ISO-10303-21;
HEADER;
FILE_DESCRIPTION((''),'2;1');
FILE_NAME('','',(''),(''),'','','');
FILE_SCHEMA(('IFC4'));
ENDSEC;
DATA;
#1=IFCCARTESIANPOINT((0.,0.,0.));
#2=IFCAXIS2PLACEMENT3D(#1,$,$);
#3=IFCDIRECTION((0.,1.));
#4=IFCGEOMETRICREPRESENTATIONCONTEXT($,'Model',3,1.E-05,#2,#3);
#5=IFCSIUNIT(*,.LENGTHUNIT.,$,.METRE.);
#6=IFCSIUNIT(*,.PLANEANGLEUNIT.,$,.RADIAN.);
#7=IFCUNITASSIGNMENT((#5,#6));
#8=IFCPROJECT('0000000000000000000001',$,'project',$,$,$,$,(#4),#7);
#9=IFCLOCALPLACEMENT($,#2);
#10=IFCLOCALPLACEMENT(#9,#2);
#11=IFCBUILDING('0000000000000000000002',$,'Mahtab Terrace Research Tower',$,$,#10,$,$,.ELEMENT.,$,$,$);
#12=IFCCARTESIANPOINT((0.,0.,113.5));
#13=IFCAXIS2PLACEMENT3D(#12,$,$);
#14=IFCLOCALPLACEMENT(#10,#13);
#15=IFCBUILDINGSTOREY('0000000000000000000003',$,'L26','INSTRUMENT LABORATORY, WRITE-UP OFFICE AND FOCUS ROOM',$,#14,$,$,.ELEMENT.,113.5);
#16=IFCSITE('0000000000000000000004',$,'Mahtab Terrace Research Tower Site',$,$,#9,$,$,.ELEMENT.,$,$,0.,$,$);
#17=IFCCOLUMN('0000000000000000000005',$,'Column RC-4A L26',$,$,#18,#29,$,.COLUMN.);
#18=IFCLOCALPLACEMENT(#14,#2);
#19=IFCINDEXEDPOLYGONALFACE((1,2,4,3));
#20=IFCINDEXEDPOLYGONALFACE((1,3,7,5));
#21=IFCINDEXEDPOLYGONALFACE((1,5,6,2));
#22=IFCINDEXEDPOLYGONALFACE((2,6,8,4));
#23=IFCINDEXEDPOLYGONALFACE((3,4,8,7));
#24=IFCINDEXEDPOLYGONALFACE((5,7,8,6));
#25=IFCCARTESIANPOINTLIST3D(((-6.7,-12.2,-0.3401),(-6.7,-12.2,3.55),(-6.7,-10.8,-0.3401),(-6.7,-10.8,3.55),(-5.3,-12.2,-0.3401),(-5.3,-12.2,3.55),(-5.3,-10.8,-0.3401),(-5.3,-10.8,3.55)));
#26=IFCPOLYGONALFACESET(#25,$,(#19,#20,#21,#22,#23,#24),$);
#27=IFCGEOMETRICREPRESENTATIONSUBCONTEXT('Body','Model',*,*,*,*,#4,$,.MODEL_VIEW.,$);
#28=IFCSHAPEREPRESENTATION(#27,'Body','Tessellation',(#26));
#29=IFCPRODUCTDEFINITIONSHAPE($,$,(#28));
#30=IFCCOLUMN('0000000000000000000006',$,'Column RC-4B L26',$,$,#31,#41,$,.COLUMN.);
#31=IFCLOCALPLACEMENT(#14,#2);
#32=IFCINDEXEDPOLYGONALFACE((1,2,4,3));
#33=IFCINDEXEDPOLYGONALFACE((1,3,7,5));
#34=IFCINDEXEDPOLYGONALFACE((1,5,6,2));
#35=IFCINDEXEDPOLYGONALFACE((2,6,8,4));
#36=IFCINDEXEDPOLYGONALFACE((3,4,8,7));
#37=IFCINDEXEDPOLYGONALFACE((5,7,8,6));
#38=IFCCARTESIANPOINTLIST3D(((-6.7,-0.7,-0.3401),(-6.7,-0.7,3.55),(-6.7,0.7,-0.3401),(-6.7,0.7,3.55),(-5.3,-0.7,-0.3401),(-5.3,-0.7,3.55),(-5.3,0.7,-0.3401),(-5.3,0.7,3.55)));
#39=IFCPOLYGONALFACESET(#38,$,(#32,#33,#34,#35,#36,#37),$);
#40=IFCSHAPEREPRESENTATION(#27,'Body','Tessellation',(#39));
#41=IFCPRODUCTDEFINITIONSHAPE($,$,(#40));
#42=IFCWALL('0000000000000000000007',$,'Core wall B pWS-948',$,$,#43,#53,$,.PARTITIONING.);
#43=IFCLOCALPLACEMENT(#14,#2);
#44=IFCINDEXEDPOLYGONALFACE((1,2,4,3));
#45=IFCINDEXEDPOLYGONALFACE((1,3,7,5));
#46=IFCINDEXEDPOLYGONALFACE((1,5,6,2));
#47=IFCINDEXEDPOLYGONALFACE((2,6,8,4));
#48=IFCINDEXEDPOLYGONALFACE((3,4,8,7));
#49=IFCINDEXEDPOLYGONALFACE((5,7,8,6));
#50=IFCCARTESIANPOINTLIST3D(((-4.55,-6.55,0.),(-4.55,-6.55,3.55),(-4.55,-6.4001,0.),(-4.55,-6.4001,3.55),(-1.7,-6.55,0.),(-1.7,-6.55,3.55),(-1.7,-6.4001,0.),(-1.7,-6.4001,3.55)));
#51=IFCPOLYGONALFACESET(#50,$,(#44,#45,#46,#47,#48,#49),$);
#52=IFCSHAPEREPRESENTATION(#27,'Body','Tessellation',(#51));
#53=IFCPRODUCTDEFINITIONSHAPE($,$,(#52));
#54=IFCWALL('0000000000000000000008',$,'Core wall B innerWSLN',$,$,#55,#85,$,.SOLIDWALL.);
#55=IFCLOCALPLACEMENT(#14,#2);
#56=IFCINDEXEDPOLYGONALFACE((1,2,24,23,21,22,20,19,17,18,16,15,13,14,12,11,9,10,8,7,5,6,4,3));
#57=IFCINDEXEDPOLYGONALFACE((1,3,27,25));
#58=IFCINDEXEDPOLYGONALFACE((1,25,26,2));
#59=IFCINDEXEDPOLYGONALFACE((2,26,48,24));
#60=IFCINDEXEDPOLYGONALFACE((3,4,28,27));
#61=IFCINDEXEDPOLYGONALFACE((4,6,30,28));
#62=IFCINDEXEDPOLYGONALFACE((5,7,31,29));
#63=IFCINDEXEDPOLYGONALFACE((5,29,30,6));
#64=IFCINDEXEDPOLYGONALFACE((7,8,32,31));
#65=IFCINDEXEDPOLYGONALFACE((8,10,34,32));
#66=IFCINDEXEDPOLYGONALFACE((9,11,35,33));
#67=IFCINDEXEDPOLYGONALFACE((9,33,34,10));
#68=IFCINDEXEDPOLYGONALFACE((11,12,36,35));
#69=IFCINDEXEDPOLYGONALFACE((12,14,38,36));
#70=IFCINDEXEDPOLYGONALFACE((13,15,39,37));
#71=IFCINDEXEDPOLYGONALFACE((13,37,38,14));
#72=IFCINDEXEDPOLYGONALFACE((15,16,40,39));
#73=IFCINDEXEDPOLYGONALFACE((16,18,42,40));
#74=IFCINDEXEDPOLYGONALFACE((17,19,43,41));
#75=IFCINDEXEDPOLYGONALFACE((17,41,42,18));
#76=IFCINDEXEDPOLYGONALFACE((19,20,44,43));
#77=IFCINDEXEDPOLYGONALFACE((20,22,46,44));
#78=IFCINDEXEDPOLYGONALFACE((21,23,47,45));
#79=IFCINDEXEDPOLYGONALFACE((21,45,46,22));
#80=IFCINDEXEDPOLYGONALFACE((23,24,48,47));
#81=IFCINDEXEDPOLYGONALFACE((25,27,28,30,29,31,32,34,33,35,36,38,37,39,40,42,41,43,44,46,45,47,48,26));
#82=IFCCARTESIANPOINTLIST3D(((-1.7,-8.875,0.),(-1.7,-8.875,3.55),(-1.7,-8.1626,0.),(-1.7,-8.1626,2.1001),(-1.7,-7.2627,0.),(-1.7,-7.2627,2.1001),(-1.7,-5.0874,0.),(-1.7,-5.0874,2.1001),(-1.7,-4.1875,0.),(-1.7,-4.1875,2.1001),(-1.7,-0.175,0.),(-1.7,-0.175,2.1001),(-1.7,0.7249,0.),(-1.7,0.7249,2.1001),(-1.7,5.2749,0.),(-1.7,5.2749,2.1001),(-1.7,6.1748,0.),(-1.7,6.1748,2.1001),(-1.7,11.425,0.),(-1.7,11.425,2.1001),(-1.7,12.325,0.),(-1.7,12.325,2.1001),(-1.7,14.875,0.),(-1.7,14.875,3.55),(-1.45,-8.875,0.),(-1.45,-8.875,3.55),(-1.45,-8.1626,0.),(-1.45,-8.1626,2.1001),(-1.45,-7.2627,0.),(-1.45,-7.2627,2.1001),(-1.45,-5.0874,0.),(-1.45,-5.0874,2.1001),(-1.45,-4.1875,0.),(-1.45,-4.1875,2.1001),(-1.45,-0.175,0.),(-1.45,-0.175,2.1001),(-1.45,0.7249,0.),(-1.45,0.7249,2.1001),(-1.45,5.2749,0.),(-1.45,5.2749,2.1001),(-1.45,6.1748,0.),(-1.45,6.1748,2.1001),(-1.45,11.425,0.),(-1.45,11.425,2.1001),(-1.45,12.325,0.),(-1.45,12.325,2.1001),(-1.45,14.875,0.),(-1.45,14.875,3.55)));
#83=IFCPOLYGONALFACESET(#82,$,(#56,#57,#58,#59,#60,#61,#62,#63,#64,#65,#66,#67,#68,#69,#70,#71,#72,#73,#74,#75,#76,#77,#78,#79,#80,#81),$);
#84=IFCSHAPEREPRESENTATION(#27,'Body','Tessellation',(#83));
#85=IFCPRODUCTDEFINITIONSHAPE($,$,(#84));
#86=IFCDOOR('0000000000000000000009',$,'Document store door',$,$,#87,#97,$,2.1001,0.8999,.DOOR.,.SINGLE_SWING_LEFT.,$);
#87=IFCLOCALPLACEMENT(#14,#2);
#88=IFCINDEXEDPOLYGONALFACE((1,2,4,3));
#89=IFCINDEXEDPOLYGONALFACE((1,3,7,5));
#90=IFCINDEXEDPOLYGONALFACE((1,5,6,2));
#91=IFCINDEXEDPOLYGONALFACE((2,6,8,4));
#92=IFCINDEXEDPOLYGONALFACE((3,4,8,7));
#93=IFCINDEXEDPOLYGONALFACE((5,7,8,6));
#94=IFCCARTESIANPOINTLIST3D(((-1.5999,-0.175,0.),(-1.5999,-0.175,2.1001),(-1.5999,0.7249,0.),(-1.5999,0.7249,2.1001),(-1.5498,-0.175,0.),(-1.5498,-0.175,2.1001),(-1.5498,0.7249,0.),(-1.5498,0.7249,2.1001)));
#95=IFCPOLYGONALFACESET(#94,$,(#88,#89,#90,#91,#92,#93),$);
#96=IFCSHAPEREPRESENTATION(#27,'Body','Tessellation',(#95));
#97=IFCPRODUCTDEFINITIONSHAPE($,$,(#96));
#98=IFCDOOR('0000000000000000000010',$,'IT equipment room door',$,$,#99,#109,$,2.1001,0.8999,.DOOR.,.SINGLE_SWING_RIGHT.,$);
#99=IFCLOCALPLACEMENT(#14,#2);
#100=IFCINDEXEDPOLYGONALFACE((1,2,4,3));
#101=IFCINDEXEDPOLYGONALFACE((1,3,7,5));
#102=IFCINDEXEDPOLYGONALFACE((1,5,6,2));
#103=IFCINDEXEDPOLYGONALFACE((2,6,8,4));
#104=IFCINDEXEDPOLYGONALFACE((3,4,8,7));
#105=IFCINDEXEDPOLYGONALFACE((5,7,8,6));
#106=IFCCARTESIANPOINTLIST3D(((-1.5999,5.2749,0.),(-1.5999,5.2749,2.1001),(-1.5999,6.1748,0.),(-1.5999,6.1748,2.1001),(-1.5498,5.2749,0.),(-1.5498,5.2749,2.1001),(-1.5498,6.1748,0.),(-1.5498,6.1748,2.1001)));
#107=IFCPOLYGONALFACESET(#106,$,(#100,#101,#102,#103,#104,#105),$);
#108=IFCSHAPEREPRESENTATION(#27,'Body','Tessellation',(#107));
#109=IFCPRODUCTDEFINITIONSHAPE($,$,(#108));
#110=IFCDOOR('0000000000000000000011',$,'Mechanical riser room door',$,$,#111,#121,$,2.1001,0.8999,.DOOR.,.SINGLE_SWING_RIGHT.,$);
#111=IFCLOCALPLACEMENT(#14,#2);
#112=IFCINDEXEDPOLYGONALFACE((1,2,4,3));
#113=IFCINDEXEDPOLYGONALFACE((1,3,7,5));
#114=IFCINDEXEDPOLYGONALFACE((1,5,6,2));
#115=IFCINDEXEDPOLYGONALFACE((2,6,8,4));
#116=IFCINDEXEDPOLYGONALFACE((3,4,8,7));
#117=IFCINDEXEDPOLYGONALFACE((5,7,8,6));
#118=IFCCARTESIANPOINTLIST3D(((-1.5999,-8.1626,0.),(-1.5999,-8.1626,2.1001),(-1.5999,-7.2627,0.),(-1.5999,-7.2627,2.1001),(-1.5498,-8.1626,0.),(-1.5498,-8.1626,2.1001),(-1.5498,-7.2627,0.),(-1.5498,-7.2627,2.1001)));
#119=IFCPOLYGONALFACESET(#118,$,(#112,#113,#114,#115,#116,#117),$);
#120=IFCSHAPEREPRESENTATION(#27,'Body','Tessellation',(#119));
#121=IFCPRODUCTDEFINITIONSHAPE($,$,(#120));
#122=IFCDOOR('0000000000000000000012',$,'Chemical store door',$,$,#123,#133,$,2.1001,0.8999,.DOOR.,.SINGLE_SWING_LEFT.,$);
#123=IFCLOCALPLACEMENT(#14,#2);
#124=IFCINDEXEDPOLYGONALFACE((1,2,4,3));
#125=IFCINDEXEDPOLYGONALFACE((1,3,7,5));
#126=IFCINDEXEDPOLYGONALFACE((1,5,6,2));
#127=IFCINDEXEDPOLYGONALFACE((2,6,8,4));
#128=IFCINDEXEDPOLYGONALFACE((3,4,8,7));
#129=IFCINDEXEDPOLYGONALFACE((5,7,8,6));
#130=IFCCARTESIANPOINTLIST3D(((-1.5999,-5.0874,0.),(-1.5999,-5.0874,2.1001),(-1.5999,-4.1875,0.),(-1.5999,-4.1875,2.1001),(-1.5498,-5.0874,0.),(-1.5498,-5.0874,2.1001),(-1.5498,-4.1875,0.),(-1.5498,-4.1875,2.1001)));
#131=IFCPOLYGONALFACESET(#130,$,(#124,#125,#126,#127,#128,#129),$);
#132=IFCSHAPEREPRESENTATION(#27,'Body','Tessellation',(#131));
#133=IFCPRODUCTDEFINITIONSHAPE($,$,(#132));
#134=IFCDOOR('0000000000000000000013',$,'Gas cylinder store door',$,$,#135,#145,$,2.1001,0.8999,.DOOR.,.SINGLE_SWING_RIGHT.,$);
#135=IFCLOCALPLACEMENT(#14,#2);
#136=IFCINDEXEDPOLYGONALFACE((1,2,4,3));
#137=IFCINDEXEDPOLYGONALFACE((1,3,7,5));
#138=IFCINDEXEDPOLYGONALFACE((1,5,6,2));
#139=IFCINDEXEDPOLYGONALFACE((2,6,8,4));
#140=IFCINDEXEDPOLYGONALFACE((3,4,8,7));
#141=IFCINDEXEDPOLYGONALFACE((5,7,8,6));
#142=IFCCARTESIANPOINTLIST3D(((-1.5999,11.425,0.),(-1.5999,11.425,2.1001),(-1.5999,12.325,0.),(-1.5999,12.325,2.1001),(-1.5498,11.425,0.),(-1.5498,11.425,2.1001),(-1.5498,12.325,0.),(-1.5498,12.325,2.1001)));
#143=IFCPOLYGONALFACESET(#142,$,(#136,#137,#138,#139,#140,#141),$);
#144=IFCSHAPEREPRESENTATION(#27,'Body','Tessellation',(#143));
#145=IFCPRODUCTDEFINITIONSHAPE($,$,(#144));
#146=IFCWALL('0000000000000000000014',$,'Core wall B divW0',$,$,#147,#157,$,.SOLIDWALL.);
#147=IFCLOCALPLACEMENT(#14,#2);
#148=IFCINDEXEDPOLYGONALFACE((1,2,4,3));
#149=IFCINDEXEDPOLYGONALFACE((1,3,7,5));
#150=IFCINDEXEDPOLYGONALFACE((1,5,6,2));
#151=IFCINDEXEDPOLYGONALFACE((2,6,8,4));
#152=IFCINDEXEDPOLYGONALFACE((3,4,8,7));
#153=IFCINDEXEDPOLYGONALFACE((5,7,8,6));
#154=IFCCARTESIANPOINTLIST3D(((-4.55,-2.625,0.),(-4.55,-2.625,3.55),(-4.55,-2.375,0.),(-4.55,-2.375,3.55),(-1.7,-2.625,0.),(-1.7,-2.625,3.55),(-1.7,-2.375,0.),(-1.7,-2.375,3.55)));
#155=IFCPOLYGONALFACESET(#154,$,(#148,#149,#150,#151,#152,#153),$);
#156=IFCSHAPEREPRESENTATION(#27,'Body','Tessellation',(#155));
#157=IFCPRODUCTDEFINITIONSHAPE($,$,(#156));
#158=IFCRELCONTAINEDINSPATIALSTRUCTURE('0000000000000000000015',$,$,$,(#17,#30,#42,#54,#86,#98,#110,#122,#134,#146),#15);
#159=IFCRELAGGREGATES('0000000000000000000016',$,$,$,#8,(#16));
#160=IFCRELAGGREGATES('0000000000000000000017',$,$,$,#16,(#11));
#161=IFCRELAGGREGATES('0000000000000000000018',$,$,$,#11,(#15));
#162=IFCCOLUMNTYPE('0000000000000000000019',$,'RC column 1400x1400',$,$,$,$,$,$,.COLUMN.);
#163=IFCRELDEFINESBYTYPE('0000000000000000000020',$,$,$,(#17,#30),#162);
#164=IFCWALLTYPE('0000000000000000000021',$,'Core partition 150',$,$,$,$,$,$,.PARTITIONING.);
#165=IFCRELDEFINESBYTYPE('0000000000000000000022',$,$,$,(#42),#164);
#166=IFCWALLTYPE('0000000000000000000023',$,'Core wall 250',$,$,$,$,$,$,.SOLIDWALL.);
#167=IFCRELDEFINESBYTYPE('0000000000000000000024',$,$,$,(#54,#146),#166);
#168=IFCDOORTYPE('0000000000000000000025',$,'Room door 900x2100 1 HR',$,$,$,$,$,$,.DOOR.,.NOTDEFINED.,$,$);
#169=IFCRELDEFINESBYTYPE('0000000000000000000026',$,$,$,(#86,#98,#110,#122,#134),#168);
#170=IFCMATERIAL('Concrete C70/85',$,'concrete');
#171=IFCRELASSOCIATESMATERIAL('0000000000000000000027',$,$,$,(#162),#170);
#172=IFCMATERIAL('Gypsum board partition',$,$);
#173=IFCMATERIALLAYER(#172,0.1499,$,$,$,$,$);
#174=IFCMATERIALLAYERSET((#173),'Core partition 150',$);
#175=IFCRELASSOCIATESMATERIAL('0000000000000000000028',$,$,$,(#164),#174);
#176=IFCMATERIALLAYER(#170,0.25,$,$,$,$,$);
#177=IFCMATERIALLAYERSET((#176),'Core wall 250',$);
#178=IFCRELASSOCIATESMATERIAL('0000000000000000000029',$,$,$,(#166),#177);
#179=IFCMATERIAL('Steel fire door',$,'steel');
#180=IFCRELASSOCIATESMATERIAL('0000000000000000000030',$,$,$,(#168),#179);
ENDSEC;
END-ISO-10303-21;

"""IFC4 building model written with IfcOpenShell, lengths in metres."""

from ifc_helpers import new_model, si_unit, direction, frame, frame_2d, origin, origin_2d, place, context, subcontext, project, spatial, rectangle, extrude, material, layer, layer_set, material_profile, profile_set, type_object, element, fill, save


model = new_model("IFC4")

# Units and contexts
model_context = context("Model", 3, precision=1e-05, world=origin(), true_north=direction((0.0, 1.0)))
body_context = subcontext(model_context, "Body", "Model", "MODEL_VIEW")
ifc_project = project(units=[si_unit("LENGTHUNIT", "METRE"), si_unit("PLANEANGLEUNIT", "RADIAN")], contexts=[model_context])

# Site, building, storey
site_placement = place(None, origin())
site = spatial("IfcSite", under=ifc_project, at=site_placement, Name="Mahtab Terrace Research Tower Site", CompositionType="ELEMENT", RefElevation=0.0)
building_placement = place(site_placement, origin())
building = spatial("IfcBuilding", under=site, at=building_placement, Name="Mahtab Terrace Research Tower", CompositionType="ELEMENT")
storey_placement = place(building_placement, frame((0.0, 0.0, 113.5)))
storey = spatial("IfcBuildingStorey", under=building, at=storey_placement, Name="L26", Description="INSTRUMENT LABORATORY, WRITE-UP OFFICE AND FOCUS ROOM", CompositionType="ELEMENT", Elevation=113.5)

# Columns
ifc_material_1 = material(Name="Concrete C70/85", Category="concrete")
ifc_material_profile = material_profile(ifc_material_1, rectangle(XDim=1.3999, YDim=1.3999, at=origin_2d()), Name="RC column 1400x1400")
ifc_profile_set = profile_set([ifc_material_profile], Name="Concrete C70/85")
column_type = type_object("IfcColumnType", Name="RC column 1400x1400", PredefinedType="COLUMN", material=ifc_profile_set)
for number, where, z_axis, x_axis, name in (
    (1, (-6.0, -11.5, -0.3401), (0.0, 0.0, 1.0), (1.0, 0.0, 0.0), "Column RC-4A L26"),
    (2, (-6.0, 0.0, -0.3401), (0.0, 0.0, 1.0), (1.0, 0.0, 0.0), "Column RC-4B L26"),
):
    element("IfcColumn", number, at=place(storey_placement, frame(where, z_axis=z_axis, x_axis=x_axis)), inside=storey, type_object=column_type, Name=name, PredefinedType="COLUMN", context=body_context, shape_type="SweptSolid", body=[
        extrude(rectangle(XDim=1.3999, YDim=1.3999, at=origin_2d()), origin(), (0.0, 0.0, 1.0), 3.8901),
    ])

# Wall
ifc_material_2 = material(Name="Gypsum board partition")
ifc_layer_1 = layer(ifc_material_2, 0.1499)
ifc_layer_set_1 = layer_set([ifc_layer_1], Name="Core partition 150")
wall_type_1 = type_object("IfcWallType", Name="Core partition 150", PredefinedType="PARTITIONING", material=ifc_layer_set_1)
wall_1_placement = place(storey_placement, frame((-4.55, -6.4751, 0.0), z_axis=(0.0, 0.0, 1.0), x_axis=(1.0, 0.0, 0.0)))
element("IfcWall", 3, at=wall_1_placement, inside=storey, type_object=wall_type_1, Name="Core wall B pWS-948", PredefinedType="PARTITIONING", context=body_context, shape_type="SweptSolid", body=[
    extrude(rectangle(XDim=2.8501, YDim=0.1499, at=frame_2d((1.425, 0.0))), origin(), (0.0, 0.0, 1.0), 3.55),
])

# Wall, openings, doors
ifc_layer_2 = layer(ifc_material_1, 0.25)
ifc_layer_set_2 = layer_set([ifc_layer_2], Name="Core wall 250")
wall_type_2 = type_object("IfcWallType", Name="Core wall 250", PredefinedType="SOLIDWALL", material=ifc_layer_set_2)
wall_2_placement = place(storey_placement, frame((-1.575, -8.875, 0.0), z_axis=(0.0, 0.0, 1.0), x_axis=(0.0, 1.0, 0.0)))
wall_2 = element("IfcWall", 4, at=wall_2_placement, inside=storey, type_object=wall_type_2, Name="Core wall B innerWSLN", PredefinedType="SOLIDWALL", context=body_context, shape_type="SweptSolid", body=[
    extrude(rectangle(XDim=23.75, YDim=0.25, at=frame_2d((11.875, 0.0))), origin(), (0.0, 0.0, 1.0), 3.55),
])
opening_1_placement = place(wall_2_placement, frame((8.7, 0.0, 0.0)))
opening_1 = element("IfcOpeningElement", 5, at=opening_1_placement, cuts=wall_2, PredefinedType="OPENING", context=body_context, shape_type="SweptSolid", body=[
    extrude(rectangle(XDim=0.8999, YDim=2.1001, at=frame_2d((0.45, 1.05))), frame((0.0, 0.135, 0.0), z_axis=(0.0, -1.0, 0.0), x_axis=(1.0, 0.0, 0.0)), (0.0, 0.0, 1.0), 0.27),
])
opening_2_placement = place(wall_2_placement, frame((14.1499, 0.0, 0.0)))
opening_2 = element("IfcOpeningElement", 6, at=opening_2_placement, cuts=wall_2, PredefinedType="OPENING", context=body_context, shape_type="SweptSolid", body=[
    extrude(rectangle(XDim=0.8999, YDim=2.1001, at=frame_2d((0.45, 1.05))), frame((0.0, 0.135, 0.0), z_axis=(0.0, -1.0, 0.0), x_axis=(1.0, 0.0, 0.0)), (0.0, 0.0, 1.0), 0.27),
])
opening_3_placement = place(wall_2_placement, frame((0.7124, 0.0, 0.0)))
opening_3 = element("IfcOpeningElement", 7, at=opening_3_placement, cuts=wall_2, PredefinedType="OPENING", context=body_context, shape_type="SweptSolid", body=[
    extrude(rectangle(XDim=0.8999, YDim=2.1001, at=frame_2d((0.45, 1.05))), frame((0.0, 0.135, 0.0), z_axis=(0.0, -1.0, 0.0), x_axis=(1.0, 0.0, 0.0)), (0.0, 0.0, 1.0), 0.27),
])
opening_4_placement = place(wall_2_placement, frame((3.7876, 0.0, 0.0)))
opening_4 = element("IfcOpeningElement", 8, at=opening_4_placement, cuts=wall_2, PredefinedType="OPENING", context=body_context, shape_type="SweptSolid", body=[
    extrude(rectangle(XDim=0.8999, YDim=2.1001, at=frame_2d((0.45, 1.05))), frame((0.0, 0.135, 0.0), z_axis=(0.0, -1.0, 0.0), x_axis=(1.0, 0.0, 0.0)), (0.0, 0.0, 1.0), 0.27),
])
opening_5_placement = place(wall_2_placement, frame((20.3, 0.0, 0.0)))
opening_5 = element("IfcOpeningElement", 9, at=opening_5_placement, cuts=wall_2, PredefinedType="OPENING", context=body_context, shape_type="SweptSolid", body=[
    extrude(rectangle(XDim=0.8999, YDim=2.1001, at=frame_2d((0.45, 1.05))), frame((0.0, 0.135, 0.0), z_axis=(0.0, -1.0, 0.0), x_axis=(1.0, 0.0, 0.0)), (0.0, 0.0, 1.0), 0.27),
])
ifc_material_3 = material(Name="Steel fire door", Category="steel")
door_type_1 = type_object("IfcDoorType", Name="Room door 900x2100 1 HR", OperationType="NOTDEFINED", PredefinedType="DOOR", material=ifc_material_3)
door_1_placement = place(opening_1_placement, origin())
door_1 = element("IfcDoor", 10, at=door_1_placement, inside=storey, type_object=door_type_1, Name="Document store door", OperationType="SINGLE_SWING_LEFT", OverallHeight=2.1001, OverallWidth=0.8999, PredefinedType="DOOR", context=body_context, shape_type="SweptSolid", body=[
    extrude(rectangle(XDim=0.8999, YDim=2.1001, at=frame_2d((0.45, 1.05))), frame((0.0, 0.0249, 0.0), z_axis=(0.0, -1.0, 0.0), x_axis=(1.0, 0.0, 0.0)), (0.0, 0.0, 1.0), 0.05),
])
fill(opening_1, door_1)
door_2_placement = place(opening_2_placement, origin())
door_2 = element("IfcDoor", 11, at=door_2_placement, inside=storey, type_object=door_type_1, Name="IT equipment room door", OperationType="SINGLE_SWING_RIGHT", OverallHeight=2.1001, OverallWidth=0.8999, PredefinedType="DOOR", context=body_context, shape_type="SweptSolid", body=[
    extrude(rectangle(XDim=0.8999, YDim=2.1001, at=frame_2d((0.45, 1.05))), frame((0.0, 0.0249, 0.0), z_axis=(0.0, -1.0, 0.0), x_axis=(1.0, 0.0, 0.0)), (0.0, 0.0, 1.0), 0.05),
])
fill(opening_2, door_2)
door_3_placement = place(opening_3_placement, origin())
door_3 = element("IfcDoor", 12, at=door_3_placement, inside=storey, type_object=door_type_1, Name="Mechanical riser room door", OperationType="SINGLE_SWING_RIGHT", OverallHeight=2.1001, OverallWidth=0.8999, PredefinedType="DOOR", context=body_context, shape_type="SweptSolid", body=[
    extrude(rectangle(XDim=0.8999, YDim=2.1001, at=frame_2d((0.45, 1.05))), frame((0.0, 0.0249, 0.0), z_axis=(0.0, -1.0, 0.0), x_axis=(1.0, 0.0, 0.0)), (0.0, 0.0, 1.0), 0.05),
])
fill(opening_3, door_3)
door_4_placement = place(opening_4_placement, origin())
door_4 = element("IfcDoor", 13, at=door_4_placement, inside=storey, type_object=door_type_1, Name="Chemical store door", OperationType="SINGLE_SWING_LEFT", OverallHeight=2.1001, OverallWidth=0.8999, PredefinedType="DOOR", context=body_context, shape_type="SweptSolid", body=[
    extrude(rectangle(XDim=0.8999, YDim=2.1001, at=frame_2d((0.45, 1.05))), frame((0.0, 0.0249, 0.0), z_axis=(0.0, -1.0, 0.0), x_axis=(1.0, 0.0, 0.0)), (0.0, 0.0, 1.0), 0.05),
])
fill(opening_4, door_4)
door_5_placement = place(opening_5_placement, origin())
door_5 = element("IfcDoor", 14, at=door_5_placement, inside=storey, type_object=door_type_1, Name="Gas cylinder store door", OperationType="SINGLE_SWING_RIGHT", OverallHeight=2.1001, OverallWidth=0.8999, PredefinedType="DOOR", context=body_context, shape_type="SweptSolid", body=[
    extrude(rectangle(XDim=0.8999, YDim=2.1001, at=frame_2d((0.45, 1.05))), frame((0.0, 0.0249, 0.0), z_axis=(0.0, -1.0, 0.0), x_axis=(1.0, 0.0, 0.0)), (0.0, 0.0, 1.0), 0.05),
])
fill(opening_5, door_5)

# Wall
wall_3_placement = place(storey_placement, frame((-4.55, -2.5, 0.0), z_axis=(0.0, 0.0, 1.0), x_axis=(1.0, 0.0, 0.0)))
element("IfcWall", 15, at=wall_3_placement, inside=storey, type_object=wall_type_2, Name="Core wall B divW0", PredefinedType="SOLIDWALL", context=body_context, shape_type="SweptSolid", body=[
    extrude(rectangle(XDim=2.8501, YDim=0.25, at=frame_2d((1.425, 0.0))), origin(), (0.0, 0.0, 1.0), 3.55),
])

save(model, "model.ifc")
